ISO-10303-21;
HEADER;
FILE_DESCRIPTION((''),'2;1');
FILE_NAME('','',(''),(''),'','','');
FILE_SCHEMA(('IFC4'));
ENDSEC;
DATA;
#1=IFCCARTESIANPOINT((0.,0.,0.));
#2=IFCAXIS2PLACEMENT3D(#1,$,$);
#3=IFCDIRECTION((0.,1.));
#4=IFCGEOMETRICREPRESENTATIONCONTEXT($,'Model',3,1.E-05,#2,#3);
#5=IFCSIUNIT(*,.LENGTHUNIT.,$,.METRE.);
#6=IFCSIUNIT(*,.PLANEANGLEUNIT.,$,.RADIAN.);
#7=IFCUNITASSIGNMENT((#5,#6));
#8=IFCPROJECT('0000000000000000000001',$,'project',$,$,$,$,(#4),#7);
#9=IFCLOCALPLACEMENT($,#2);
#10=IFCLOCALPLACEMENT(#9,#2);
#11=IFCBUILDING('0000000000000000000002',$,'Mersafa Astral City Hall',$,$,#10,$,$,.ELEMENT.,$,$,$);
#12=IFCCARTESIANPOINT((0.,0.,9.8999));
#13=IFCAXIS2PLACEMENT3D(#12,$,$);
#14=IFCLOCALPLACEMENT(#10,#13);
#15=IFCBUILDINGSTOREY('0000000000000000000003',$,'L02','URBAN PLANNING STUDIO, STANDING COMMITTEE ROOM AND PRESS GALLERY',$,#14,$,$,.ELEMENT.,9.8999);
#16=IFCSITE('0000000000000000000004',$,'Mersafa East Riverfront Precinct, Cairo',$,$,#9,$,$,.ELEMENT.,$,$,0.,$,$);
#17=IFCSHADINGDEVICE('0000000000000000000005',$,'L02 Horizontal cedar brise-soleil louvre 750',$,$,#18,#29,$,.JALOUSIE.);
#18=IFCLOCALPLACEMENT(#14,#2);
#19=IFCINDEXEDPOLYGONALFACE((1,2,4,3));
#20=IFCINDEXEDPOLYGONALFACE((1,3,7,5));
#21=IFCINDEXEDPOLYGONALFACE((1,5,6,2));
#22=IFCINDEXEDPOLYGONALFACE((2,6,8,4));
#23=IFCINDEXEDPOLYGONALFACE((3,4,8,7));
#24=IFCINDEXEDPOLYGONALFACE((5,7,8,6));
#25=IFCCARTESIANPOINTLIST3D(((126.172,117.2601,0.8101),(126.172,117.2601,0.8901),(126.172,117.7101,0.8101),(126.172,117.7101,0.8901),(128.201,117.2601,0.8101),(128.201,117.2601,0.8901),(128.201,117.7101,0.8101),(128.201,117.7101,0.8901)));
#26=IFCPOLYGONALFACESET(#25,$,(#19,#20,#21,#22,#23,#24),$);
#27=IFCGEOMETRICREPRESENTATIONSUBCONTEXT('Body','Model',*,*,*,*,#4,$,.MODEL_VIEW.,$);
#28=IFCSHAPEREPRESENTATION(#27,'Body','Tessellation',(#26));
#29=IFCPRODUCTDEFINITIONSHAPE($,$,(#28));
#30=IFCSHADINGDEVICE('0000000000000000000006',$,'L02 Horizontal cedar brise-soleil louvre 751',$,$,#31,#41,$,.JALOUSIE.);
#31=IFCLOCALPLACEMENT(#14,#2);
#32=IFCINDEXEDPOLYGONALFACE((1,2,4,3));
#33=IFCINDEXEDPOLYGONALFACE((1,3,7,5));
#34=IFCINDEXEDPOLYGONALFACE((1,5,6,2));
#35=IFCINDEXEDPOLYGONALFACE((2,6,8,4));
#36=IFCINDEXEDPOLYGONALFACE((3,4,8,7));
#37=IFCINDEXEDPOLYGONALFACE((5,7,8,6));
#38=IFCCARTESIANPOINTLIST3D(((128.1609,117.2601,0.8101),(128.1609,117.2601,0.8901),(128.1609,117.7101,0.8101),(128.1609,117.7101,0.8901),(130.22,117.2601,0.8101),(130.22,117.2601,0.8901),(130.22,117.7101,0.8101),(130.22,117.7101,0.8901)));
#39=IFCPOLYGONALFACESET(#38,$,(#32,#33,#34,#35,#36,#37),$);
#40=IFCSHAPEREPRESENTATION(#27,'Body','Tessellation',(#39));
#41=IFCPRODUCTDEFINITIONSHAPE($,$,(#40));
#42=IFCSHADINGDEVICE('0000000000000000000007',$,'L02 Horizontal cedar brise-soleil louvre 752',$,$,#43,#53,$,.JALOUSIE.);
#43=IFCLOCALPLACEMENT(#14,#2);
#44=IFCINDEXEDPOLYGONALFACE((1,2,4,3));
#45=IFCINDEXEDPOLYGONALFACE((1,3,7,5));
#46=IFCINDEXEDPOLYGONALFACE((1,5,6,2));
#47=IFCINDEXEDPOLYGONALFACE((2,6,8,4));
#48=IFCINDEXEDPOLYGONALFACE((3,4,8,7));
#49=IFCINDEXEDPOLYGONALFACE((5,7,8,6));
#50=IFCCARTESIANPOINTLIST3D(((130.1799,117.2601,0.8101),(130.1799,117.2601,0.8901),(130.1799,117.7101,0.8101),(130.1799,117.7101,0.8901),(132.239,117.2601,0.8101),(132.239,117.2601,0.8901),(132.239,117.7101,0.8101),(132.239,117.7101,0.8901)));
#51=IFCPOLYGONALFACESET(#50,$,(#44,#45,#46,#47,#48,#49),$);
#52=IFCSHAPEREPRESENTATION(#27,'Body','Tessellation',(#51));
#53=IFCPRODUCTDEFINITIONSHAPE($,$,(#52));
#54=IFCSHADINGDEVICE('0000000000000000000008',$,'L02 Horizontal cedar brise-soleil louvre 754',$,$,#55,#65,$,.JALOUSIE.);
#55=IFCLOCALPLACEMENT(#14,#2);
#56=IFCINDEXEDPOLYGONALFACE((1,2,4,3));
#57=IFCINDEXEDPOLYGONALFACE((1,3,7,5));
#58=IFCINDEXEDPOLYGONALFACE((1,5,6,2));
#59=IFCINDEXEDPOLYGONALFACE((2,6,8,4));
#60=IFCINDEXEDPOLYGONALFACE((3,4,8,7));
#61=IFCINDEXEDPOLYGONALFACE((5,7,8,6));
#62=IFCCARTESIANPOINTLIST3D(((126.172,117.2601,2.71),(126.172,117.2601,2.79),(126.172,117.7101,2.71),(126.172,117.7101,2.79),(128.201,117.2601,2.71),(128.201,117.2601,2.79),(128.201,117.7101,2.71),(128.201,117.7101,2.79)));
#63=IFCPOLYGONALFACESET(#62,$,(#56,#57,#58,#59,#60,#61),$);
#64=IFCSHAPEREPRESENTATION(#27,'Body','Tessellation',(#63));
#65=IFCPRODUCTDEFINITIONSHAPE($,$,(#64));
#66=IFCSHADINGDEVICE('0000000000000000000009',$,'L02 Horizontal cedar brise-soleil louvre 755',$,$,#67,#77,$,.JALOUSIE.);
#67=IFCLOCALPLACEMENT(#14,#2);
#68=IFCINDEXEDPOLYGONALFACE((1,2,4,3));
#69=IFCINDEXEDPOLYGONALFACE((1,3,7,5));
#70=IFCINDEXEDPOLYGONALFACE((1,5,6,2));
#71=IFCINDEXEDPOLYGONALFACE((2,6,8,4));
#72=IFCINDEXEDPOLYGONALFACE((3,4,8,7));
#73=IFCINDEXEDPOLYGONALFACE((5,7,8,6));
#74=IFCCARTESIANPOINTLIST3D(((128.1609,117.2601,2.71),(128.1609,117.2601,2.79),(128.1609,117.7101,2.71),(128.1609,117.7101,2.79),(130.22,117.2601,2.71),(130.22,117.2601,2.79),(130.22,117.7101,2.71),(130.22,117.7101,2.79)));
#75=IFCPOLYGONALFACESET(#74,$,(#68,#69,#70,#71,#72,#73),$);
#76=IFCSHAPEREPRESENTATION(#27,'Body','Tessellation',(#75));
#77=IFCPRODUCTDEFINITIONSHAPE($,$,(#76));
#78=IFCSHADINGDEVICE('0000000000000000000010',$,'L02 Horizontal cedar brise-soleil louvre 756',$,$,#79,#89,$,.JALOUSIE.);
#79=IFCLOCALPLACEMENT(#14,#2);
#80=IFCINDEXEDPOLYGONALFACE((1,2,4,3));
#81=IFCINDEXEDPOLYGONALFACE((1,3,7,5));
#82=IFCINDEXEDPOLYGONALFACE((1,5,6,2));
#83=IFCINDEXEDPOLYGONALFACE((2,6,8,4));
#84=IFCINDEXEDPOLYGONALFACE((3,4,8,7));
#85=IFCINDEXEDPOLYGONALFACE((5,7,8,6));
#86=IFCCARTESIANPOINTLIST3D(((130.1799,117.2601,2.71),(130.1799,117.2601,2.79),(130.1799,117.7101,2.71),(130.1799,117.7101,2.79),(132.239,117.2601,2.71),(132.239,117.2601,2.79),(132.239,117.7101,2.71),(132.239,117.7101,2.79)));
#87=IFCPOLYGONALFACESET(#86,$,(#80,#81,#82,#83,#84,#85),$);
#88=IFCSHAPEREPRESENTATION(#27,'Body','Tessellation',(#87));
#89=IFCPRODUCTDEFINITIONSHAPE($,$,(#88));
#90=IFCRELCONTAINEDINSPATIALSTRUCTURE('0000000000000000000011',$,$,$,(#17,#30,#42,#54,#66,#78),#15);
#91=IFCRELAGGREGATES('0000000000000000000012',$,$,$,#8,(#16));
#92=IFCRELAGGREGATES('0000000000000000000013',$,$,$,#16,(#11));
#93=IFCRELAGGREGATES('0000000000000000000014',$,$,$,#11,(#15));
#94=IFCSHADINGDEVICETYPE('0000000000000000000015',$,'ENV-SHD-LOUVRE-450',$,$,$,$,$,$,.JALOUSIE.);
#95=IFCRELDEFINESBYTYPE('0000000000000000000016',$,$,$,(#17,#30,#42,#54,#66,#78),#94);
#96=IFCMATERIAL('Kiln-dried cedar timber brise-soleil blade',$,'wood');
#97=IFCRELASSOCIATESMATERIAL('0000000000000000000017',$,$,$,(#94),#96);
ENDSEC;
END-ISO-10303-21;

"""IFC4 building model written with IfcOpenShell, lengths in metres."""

from ifc_helpers import new_model, si_unit, direction, frame, origin, origin_2d, place, context, subcontext, project, spatial, rectangle, extrude, material, type_object, element, save


model = new_model("IFC4")

# Units and contexts
model_context = context("Model", 3, precision=1e-05, world=origin(), true_north=direction((0.0, 1.0)))
body_context = subcontext(model_context, "Body", "Model", "MODEL_VIEW")
ifc_project = project(units=[si_unit("LENGTHUNIT", "METRE"), si_unit("PLANEANGLEUNIT", "RADIAN")], contexts=[model_context])

# Site, building, storey
site_placement = place(None, origin())
site = spatial("IfcSite", under=ifc_project, at=site_placement, Name="Mersafa East Riverfront Precinct, Cairo", CompositionType="ELEMENT", RefElevation=0.0)
building_placement = place(site_placement, origin())
building = spatial("IfcBuilding", under=site, at=building_placement, Name="Mersafa Astral City Hall", CompositionType="ELEMENT")
storey_placement = place(building_placement, frame((0.0, 0.0, 9.8999)))
storey = spatial("IfcBuildingStorey", under=building, at=storey_placement, Name="L02", Description="URBAN PLANNING STUDIO, STANDING COMMITTEE ROOM AND PRESS GALLERY", CompositionType="ELEMENT", Elevation=9.8999)

# Shading devices
ifc_material_1 = material(Name="Kiln-dried cedar timber brise-soleil blade", Category="wood")
shading_device_type_1 = type_object("IfcShadingDeviceType", Name="ENV-SHD-LOUVRE-450", PredefinedType="JALOUSIE", material=ifc_material_1)
shading_device_1_placement = place(storey_placement, frame((127.1865, 117.4851, 0.8101), z_axis=(0.0, 0.0, 1.0), x_axis=(1.0, 0.0, 0.0)))
element("IfcShadingDevice", 1, at=shading_device_1_placement, inside=storey, type_object=shading_device_type_1, Name="L02 Horizontal cedar brise-soleil louvre 750", PredefinedType="JALOUSIE", context=body_context, shape_type="SweptSolid", body=[
    extrude(rectangle(XDim=2.0291, YDim=0.45, at=origin_2d()), origin(), (0.0, 0.0, 1.0), 0.0801),
])
for number, where, z_axis, x_axis, name in (
    (2, (129.1904, 117.4851, 0.8101), (0.0, 0.0, 1.0), (1.0, 0.0, 0.0), "L02 Horizontal cedar brise-soleil louvre 751"),
    (3, (131.2095, 117.4851, 0.8101), (0.0, 0.0, 1.0), (1.0, 0.0, 0.0), "L02 Horizontal cedar brise-soleil louvre 752"),
):
    element("IfcShadingDevice", number, at=place(storey_placement, frame(where, z_axis=z_axis, x_axis=x_axis)), inside=storey, type_object=shading_device_type_1, Name=name, PredefinedType="JALOUSIE", context=body_context, shape_type="SweptSolid", body=[
        extrude(rectangle(XDim=2.0591, YDim=0.45, at=origin_2d()), origin(), (0.0, 0.0, 1.0), 0.0801),
    ])
shading_device_2_placement = place(storey_placement, frame((127.1865, 117.4851, 2.71), z_axis=(0.0, 0.0, 1.0), x_axis=(1.0, 0.0, 0.0)))
element("IfcShadingDevice", 4, at=shading_device_2_placement, inside=storey, type_object=shading_device_type_1, Name="L02 Horizontal cedar brise-soleil louvre 754", PredefinedType="JALOUSIE", context=body_context, shape_type="SweptSolid", body=[
    extrude(rectangle(XDim=2.0291, YDim=0.45, at=origin_2d()), origin(), (0.0, 0.0, 1.0), 0.0801),
])
for number, where, z_axis, x_axis, name in (
    (5, (129.1904, 117.4851, 2.71), (0.0, 0.0, 1.0), (1.0, 0.0, 0.0), "L02 Horizontal cedar brise-soleil louvre 755"),
    (6, (131.2095, 117.4851, 2.71), (0.0, 0.0, 1.0), (1.0, 0.0, 0.0), "L02 Horizontal cedar brise-soleil louvre 756"),
):
    element("IfcShadingDevice", number, at=place(storey_placement, frame(where, z_axis=z_axis, x_axis=x_axis)), inside=storey, type_object=shading_device_type_1, Name=name, PredefinedType="JALOUSIE", context=body_context, shape_type="SweptSolid", body=[
        extrude(rectangle(XDim=2.0591, YDim=0.45, at=origin_2d()), origin(), (0.0, 0.0, 1.0), 0.0801),
    ])

save(model, "model.ifc")
